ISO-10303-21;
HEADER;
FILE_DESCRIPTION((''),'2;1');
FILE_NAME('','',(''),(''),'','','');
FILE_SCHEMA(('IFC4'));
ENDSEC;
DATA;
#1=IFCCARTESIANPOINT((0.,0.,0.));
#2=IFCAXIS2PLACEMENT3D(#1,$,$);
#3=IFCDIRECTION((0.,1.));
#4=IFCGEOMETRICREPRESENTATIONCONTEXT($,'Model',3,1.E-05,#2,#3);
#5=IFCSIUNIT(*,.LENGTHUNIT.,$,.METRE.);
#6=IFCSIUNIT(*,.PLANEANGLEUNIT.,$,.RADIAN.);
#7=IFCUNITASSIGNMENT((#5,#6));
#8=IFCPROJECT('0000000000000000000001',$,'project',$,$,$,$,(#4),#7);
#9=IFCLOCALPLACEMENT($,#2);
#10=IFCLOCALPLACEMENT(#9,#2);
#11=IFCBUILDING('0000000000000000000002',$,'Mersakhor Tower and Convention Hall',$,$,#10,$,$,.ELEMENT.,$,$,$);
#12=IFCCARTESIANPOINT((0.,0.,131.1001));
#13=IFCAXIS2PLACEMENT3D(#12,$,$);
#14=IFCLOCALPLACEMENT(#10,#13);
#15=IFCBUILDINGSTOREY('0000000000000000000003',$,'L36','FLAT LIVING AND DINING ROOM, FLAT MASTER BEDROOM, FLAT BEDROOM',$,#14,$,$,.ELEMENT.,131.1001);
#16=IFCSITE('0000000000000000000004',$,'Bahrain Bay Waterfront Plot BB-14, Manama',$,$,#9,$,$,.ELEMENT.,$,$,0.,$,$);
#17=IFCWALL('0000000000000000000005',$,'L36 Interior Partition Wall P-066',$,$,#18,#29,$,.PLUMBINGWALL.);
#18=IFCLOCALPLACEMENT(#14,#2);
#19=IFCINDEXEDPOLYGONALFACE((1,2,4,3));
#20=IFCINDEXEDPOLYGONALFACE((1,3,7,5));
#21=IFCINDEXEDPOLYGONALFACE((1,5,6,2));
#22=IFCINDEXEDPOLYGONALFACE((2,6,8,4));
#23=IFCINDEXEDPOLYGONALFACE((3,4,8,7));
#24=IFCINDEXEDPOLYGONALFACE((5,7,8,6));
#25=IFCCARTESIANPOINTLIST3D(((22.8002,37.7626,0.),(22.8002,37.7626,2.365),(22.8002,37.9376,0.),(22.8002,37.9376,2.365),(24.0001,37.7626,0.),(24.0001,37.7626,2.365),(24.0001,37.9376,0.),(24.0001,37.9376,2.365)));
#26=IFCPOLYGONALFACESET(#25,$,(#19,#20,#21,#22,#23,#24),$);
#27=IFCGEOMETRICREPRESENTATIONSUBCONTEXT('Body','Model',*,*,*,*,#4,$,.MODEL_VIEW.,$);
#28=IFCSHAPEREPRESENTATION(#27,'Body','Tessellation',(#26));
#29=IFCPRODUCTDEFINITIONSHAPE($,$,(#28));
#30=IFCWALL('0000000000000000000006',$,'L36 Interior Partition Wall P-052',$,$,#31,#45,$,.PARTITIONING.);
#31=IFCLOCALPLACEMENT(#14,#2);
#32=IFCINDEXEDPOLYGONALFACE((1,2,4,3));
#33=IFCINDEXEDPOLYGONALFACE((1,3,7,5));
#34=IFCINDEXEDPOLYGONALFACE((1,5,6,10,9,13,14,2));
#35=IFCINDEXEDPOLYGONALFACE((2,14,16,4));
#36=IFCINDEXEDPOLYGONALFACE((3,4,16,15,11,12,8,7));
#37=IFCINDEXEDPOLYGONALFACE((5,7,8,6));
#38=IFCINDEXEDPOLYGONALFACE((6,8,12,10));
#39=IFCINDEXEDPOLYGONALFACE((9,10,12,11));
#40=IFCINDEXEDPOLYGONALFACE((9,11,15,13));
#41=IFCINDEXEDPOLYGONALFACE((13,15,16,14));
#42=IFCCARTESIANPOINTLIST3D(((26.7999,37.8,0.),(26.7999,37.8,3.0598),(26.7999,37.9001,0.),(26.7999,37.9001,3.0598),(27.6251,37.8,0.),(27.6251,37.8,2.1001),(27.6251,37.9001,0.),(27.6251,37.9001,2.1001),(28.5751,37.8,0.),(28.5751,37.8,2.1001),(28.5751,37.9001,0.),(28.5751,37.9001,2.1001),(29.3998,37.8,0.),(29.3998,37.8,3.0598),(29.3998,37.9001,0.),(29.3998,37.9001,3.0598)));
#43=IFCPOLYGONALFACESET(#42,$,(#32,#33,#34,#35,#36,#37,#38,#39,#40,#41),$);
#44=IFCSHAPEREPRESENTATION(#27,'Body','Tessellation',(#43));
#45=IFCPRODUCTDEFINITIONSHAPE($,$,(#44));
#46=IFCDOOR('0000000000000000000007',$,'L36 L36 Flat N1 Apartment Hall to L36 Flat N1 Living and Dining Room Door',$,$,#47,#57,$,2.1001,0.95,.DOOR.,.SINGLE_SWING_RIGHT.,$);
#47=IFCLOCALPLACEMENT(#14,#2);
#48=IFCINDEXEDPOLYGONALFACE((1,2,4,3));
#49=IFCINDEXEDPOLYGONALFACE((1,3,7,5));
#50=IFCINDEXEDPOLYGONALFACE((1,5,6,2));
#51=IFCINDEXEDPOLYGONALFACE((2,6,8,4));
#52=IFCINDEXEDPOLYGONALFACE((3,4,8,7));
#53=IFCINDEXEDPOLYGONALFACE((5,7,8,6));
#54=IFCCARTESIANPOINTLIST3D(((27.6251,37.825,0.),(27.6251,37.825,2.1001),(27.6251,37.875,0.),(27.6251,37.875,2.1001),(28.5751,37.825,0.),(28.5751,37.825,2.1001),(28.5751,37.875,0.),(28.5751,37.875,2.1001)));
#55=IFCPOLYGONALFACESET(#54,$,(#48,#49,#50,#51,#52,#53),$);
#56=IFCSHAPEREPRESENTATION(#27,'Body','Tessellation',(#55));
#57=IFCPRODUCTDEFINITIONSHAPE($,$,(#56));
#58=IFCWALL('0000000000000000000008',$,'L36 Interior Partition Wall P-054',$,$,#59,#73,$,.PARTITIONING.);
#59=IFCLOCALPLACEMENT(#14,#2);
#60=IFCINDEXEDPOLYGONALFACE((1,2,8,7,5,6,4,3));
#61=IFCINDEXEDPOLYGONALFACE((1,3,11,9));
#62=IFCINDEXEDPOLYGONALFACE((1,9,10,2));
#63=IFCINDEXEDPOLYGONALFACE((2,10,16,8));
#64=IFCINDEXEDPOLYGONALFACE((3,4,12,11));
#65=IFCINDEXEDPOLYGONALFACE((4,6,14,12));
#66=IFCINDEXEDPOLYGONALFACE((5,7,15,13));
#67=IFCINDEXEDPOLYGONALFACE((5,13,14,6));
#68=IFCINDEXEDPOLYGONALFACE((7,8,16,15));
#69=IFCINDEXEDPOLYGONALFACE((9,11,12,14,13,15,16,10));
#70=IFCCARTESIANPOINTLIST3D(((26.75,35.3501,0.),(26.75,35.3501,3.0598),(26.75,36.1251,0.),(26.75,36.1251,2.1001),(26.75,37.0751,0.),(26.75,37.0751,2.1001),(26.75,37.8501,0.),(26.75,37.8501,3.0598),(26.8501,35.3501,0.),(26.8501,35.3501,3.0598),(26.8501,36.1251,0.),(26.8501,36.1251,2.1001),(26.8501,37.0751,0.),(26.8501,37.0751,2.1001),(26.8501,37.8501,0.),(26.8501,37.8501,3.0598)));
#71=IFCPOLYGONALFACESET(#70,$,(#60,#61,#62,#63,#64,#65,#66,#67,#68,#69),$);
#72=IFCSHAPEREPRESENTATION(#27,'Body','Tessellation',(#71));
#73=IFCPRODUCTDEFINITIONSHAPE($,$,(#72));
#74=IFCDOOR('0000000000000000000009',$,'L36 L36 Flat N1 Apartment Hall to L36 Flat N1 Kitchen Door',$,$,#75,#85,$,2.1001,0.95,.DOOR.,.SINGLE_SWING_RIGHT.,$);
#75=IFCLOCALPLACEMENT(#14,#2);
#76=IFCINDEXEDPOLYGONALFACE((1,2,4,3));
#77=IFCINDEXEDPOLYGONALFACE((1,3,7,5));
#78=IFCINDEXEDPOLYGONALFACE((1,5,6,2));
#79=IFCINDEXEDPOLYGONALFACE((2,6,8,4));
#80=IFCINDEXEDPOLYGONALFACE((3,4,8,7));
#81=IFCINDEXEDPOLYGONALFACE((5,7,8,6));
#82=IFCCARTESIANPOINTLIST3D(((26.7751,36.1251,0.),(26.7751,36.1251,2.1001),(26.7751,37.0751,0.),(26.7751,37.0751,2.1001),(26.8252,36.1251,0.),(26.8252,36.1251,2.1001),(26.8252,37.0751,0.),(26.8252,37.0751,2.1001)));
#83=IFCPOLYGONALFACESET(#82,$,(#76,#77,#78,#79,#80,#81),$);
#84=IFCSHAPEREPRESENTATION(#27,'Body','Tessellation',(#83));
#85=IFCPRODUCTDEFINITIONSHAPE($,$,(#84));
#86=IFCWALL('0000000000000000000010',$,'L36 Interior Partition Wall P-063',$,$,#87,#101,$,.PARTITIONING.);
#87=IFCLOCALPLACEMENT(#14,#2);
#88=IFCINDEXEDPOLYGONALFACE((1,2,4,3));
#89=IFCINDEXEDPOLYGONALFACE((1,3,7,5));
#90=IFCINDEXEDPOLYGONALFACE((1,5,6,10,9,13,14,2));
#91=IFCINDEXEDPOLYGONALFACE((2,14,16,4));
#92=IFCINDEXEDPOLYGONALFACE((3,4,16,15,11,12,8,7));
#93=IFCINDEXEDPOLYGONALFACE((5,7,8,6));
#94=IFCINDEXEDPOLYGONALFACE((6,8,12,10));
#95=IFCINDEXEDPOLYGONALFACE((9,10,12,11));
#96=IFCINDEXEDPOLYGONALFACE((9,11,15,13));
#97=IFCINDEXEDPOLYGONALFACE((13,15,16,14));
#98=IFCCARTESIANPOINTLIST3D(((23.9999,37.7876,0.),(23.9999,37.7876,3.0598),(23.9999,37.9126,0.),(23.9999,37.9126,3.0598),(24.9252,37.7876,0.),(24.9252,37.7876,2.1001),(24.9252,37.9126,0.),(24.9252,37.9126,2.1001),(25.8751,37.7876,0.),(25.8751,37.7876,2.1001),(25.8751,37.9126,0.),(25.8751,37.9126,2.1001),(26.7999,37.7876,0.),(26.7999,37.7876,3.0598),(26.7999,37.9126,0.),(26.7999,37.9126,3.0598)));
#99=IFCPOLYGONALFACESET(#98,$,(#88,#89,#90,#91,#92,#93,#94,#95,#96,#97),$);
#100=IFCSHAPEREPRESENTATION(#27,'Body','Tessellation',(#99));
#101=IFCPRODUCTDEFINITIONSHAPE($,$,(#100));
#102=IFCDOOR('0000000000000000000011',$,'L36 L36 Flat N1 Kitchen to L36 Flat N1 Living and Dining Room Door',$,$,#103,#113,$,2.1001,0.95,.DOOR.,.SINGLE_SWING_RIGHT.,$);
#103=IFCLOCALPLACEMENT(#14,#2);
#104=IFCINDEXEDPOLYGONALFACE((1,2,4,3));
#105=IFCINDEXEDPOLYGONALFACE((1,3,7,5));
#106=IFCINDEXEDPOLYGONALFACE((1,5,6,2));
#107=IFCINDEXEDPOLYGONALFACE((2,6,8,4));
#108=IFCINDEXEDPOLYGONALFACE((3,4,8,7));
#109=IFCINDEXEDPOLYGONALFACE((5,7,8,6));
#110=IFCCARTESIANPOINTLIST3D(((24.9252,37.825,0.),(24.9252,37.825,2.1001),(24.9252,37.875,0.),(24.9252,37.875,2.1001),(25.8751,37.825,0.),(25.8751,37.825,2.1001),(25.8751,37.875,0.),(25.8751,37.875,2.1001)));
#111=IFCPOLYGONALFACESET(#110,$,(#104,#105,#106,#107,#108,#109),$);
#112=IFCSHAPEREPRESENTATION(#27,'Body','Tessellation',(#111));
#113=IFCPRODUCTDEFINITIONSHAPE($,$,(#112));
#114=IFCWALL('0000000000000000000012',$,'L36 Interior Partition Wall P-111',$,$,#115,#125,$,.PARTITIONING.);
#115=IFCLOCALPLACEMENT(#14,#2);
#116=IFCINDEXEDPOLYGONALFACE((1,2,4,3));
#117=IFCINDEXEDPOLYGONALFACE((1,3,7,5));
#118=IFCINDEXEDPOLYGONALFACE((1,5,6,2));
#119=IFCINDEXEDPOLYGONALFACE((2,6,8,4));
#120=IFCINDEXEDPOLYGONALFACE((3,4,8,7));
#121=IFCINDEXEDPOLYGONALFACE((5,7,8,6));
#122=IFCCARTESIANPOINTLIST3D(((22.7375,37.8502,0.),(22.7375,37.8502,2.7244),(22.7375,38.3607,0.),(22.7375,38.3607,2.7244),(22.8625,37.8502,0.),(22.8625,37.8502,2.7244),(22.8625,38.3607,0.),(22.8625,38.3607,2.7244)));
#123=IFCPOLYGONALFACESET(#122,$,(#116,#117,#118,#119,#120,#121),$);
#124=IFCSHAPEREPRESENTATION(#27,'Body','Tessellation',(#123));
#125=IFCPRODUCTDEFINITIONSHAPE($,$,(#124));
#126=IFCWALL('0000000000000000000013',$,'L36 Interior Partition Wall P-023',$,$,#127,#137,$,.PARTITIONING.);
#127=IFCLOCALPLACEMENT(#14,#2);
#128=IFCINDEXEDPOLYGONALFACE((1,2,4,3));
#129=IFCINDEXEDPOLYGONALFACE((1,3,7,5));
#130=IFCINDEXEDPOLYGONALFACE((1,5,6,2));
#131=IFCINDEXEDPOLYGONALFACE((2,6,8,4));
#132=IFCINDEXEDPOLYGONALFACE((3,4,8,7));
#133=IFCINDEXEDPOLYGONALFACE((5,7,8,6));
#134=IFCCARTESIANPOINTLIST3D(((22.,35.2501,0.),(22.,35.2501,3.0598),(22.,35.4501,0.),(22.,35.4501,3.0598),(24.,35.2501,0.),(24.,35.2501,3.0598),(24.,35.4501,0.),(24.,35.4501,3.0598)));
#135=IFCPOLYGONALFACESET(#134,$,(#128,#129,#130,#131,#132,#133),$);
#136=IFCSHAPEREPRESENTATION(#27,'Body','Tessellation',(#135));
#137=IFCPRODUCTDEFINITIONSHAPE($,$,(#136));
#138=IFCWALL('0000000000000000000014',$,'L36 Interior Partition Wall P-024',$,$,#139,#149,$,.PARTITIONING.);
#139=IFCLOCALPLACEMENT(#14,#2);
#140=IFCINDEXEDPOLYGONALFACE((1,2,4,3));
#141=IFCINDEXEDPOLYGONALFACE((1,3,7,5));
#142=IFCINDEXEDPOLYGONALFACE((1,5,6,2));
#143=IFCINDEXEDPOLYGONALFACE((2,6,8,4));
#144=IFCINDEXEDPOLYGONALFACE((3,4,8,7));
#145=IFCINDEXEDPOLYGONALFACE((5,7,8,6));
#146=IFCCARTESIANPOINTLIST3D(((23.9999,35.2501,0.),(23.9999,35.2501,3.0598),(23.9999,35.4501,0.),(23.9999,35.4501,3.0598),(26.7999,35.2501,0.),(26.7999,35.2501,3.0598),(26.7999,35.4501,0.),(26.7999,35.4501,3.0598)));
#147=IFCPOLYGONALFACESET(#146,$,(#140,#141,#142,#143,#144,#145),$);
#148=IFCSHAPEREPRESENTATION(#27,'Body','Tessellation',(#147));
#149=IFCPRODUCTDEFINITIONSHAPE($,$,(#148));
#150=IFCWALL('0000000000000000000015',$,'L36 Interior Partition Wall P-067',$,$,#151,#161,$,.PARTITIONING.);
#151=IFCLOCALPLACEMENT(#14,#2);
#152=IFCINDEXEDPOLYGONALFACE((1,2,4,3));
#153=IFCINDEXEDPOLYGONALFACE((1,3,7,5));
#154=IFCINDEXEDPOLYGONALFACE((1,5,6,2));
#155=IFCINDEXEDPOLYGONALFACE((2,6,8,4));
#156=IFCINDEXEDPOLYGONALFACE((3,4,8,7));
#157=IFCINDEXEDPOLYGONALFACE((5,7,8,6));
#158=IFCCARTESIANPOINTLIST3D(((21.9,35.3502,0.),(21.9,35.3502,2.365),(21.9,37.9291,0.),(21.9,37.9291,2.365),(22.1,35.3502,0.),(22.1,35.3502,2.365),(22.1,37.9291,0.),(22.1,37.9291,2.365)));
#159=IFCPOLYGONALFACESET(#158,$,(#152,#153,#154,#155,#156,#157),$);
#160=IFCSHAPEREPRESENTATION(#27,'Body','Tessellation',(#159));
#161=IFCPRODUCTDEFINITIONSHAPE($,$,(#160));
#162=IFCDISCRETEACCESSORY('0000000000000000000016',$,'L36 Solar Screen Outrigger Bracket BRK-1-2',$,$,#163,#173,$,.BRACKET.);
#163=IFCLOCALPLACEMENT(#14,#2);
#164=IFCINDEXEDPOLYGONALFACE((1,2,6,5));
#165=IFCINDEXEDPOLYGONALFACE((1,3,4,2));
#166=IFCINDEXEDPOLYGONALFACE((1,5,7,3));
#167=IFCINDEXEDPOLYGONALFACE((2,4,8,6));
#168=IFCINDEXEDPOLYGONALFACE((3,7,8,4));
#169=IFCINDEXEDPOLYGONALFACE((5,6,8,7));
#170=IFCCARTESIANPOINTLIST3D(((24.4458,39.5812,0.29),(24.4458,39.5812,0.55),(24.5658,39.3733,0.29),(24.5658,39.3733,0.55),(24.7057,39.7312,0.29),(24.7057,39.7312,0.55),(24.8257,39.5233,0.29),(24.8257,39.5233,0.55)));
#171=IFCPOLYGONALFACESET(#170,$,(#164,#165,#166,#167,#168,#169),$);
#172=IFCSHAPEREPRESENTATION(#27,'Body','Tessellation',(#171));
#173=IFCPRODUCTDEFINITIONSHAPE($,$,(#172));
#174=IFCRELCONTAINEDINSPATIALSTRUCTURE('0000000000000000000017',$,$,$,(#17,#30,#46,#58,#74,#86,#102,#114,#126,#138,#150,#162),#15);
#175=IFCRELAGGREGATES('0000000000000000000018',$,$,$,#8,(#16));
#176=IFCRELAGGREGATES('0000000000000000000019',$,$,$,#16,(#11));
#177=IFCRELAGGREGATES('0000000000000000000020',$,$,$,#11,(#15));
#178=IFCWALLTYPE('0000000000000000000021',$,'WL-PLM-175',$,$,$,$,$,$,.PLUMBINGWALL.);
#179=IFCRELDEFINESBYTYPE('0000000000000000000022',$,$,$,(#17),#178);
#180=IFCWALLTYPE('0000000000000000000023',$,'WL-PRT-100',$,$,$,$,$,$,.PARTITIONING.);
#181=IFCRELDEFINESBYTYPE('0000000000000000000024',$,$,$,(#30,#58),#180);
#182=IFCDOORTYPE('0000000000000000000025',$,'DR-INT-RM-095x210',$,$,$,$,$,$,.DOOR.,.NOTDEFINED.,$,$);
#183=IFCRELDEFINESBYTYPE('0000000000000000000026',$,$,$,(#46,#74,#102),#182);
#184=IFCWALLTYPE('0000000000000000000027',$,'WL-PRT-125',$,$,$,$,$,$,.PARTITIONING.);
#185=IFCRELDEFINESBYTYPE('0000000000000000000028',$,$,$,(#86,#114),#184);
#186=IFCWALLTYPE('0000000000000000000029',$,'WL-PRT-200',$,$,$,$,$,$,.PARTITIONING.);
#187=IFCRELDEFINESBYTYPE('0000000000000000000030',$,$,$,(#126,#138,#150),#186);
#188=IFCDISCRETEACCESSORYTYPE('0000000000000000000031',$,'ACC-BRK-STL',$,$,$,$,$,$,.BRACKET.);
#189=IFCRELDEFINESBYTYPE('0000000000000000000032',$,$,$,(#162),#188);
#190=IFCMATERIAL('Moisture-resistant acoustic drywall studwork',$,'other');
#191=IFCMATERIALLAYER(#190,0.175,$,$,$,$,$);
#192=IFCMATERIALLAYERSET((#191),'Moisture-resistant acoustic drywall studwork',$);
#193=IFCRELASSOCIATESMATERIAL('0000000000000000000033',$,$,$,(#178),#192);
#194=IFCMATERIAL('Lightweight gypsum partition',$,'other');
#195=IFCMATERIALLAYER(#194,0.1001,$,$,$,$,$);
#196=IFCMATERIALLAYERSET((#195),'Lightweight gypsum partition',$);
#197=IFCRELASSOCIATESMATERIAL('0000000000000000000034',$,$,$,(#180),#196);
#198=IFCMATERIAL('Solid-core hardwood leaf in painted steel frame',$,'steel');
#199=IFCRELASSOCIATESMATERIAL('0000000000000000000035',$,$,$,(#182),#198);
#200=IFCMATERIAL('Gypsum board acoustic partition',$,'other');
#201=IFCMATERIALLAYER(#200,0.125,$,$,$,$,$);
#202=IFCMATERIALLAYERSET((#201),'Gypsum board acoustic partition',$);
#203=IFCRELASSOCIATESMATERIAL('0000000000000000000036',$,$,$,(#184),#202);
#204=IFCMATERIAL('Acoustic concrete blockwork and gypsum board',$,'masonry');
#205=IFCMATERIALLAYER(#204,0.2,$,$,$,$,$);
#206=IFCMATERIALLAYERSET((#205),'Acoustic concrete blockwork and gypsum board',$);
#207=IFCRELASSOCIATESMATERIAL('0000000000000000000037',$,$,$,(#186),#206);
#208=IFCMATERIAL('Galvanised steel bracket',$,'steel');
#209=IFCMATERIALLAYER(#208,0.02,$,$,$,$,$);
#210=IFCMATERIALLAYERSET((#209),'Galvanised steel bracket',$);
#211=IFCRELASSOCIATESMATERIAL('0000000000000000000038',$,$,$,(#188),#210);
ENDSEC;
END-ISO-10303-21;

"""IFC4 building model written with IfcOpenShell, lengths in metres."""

from ifc_helpers import new_model, si_unit, direction, frame, frame_2d, origin, origin_2d, place, context, subcontext, project, spatial, rectangle, extrude, material, layer, layer_set, type_object, element, fill, save


model = new_model("IFC4")

# Units and contexts
model_context = context("Model", 3, precision=1e-05, world=origin(), true_north=direction((0.0, 1.0)))
body_context = subcontext(model_context, "Body", "Model", "MODEL_VIEW")
ifc_project = project(units=[si_unit("LENGTHUNIT", "METRE"), si_unit("PLANEANGLEUNIT", "RADIAN")], contexts=[model_context])

# Site, building, storey
site_placement = place(None, origin())
site = spatial("IfcSite", under=ifc_project, at=site_placement, Name="Bahrain Bay Waterfront Plot BB-14, Manama", CompositionType="ELEMENT", RefElevation=0.0)
building_placement = place(site_placement, origin())
building = spatial("IfcBuilding", under=site, at=building_placement, Name="Mersakhor Tower and Convention Hall", CompositionType="ELEMENT")
storey_placement = place(building_placement, frame((0.0, 0.0, 131.1001)))
storey = spatial("IfcBuildingStorey", under=building, at=storey_placement, Name="L36", Description="FLAT LIVING AND DINING ROOM, FLAT MASTER BEDROOM, FLAT BEDROOM", CompositionType="ELEMENT", Elevation=131.1001)

# Shared definitions
ifc_material_1 = material(Name="Moisture-resistant acoustic drywall studwork", Category="other")
ifc_layer_1 = layer(ifc_material_1, 0.175)
ifc_layer_set_1 = layer_set([ifc_layer_1], Name="Moisture-resistant acoustic drywall studwork")
wall_type_1 = type_object("IfcWallType", Name="WL-PLM-175", PredefinedType="PLUMBINGWALL", material=ifc_layer_set_1)

# Wall
wall_1_placement = place(storey_placement, frame((22.8, 37.8501, 0.0), z_axis=(0.0, 0.0, 1.0), x_axis=(1.0, 0.0, 0.0)))
element("IfcWall", 1, at=wall_1_placement, inside=storey, type_object=wall_type_1, Name="L36 Interior Partition Wall P-066", PredefinedType="PLUMBINGWALL", context=body_context, shape_type="SweptSolid", body=[
    extrude(rectangle(XDim=1.2, YDim=0.175, at=frame_2d((0.6001, 0.0))), origin(), (0.0, 0.0, 1.0), 2.365),
])

# Walls, openings, doors
ifc_material_2 = material(Name="Lightweight gypsum partition", Category="other")
ifc_layer_2 = layer(ifc_material_2, 0.1001)
ifc_layer_set_2 = layer_set([ifc_layer_2], Name="Lightweight gypsum partition")
wall_type_2 = type_object("IfcWallType", Name="WL-PRT-100", PredefinedType="PARTITIONING", material=ifc_layer_set_2)
wall_2_placement = place(storey_placement, frame((26.8, 37.8501, 0.0), z_axis=(0.0, 0.0, 1.0), x_axis=(1.0, 0.0, 0.0)))
wall_2 = element("IfcWall", 2, at=wall_2_placement, inside=storey, type_object=wall_type_2, Name="L36 Interior Partition Wall P-052", PredefinedType="PARTITIONING", context=body_context, shape_type="SweptSolid", body=[
    extrude(rectangle(XDim=2.5999, YDim=0.1001, at=frame_2d((1.2998, 0.0))), origin(), (0.0, 0.0, 1.0), 3.0598),
])
opening_1_placement = place(wall_2_placement, frame((0.825, 0.0, 0.0)))
opening_1 = element("IfcOpeningElement", 3, at=opening_1_placement, cuts=wall_2, PredefinedType="OPENING", context=body_context, shape_type="SweptSolid", body=[
    extrude(rectangle(XDim=0.95, YDim=2.1001, at=frame_2d((0.4751, 1.05))), frame((0.0, 0.0601, 0.0), z_axis=(0.0, -1.0, 0.0), x_axis=(1.0, 0.0, 0.0)), (0.0, 0.0, 1.0), 0.1201),
])
ifc_material_3 = material(Name="Solid-core hardwood leaf in painted steel frame", Category="steel")
door_type_1 = type_object("IfcDoorType", Name="DR-INT-RM-095x210", OperationType="NOTDEFINED", PredefinedType="DOOR", material=ifc_material_3)
door_1_placement = place(opening_1_placement, origin())
door_1 = element("IfcDoor", 4, at=door_1_placement, inside=storey, type_object=door_type_1, Name="L36 L36 Flat N1 Apartment Hall to L36 Flat N1 Living and Dining Room Door", OperationType="SINGLE_SWING_RIGHT", OverallHeight=2.1001, OverallWidth=0.95, PredefinedType="DOOR", context=body_context, shape_type="SweptSolid", body=[
    extrude(rectangle(XDim=0.95, YDim=2.1001, at=frame_2d((0.4751, 1.05))), frame((0.0, 0.0249, 0.0), z_axis=(0.0, -1.0, 0.0), x_axis=(1.0, 0.0, 0.0)), (0.0, 0.0, 1.0), 0.05),
])
fill(opening_1, door_1)
wall_3_placement = place(storey_placement, frame((26.8, 35.3501, 0.0), z_axis=(0.0, 0.0, 1.0), x_axis=(0.0, 1.0, 0.0)))
wall_3 = element("IfcWall", 5, at=wall_3_placement, inside=storey, type_object=wall_type_2, Name="L36 Interior Partition Wall P-054", PredefinedType="PARTITIONING", context=body_context, shape_type="SweptSolid", body=[
    extrude(rectangle(XDim=2.5, YDim=0.1001, at=frame_2d((1.25, 0.0))), origin(), (0.0, 0.0, 1.0), 3.0598),
])
opening_2_placement = place(wall_3_placement, frame((0.7749, 0.0, 0.0)))
opening_2 = element("IfcOpeningElement", 6, at=opening_2_placement, cuts=wall_3, PredefinedType="OPENING", context=body_context, shape_type="SweptSolid", body=[
    extrude(rectangle(XDim=0.95, YDim=2.1001, at=frame_2d((0.4751, 1.05))), frame((0.0, 0.0601, 0.0), z_axis=(0.0, -1.0, 0.0), x_axis=(1.0, 0.0, 0.0)), (0.0, 0.0, 1.0), 0.1201),
])
door_2_placement = place(opening_2_placement, origin())
door_2 = element("IfcDoor", 7, at=door_2_placement, inside=storey, type_object=door_type_1, Name="L36 L36 Flat N1 Apartment Hall to L36 Flat N1 Kitchen Door", OperationType="SINGLE_SWING_RIGHT", OverallHeight=2.1001, OverallWidth=0.95, PredefinedType="DOOR", context=body_context, shape_type="SweptSolid", body=[
    extrude(rectangle(XDim=0.95, YDim=2.1001, at=frame_2d((0.4751, 1.05))), frame((0.0, 0.0249, 0.0), z_axis=(0.0, -1.0, 0.0), x_axis=(1.0, 0.0, 0.0)), (0.0, 0.0, 1.0), 0.05),
])
fill(opening_2, door_2)
ifc_material_4 = material(Name="Gypsum board acoustic partition", Category="other")
ifc_layer_3 = layer(ifc_material_4, 0.125)
ifc_layer_set_3 = layer_set([ifc_layer_3], Name="Gypsum board acoustic partition")
wall_type_3 = type_object("IfcWallType", Name="WL-PRT-125", PredefinedType="PARTITIONING", material=ifc_layer_set_3)
wall_4_placement = place(storey_placement, frame((24.0, 37.8501, 0.0), z_axis=(0.0, 0.0, 1.0), x_axis=(1.0, 0.0, 0.0)))
wall_4 = element("IfcWall", 8, at=wall_4_placement, inside=storey, type_object=wall_type_3, Name="L36 Interior Partition Wall P-063", PredefinedType="PARTITIONING", context=body_context, shape_type="SweptSolid", body=[
    extrude(rectangle(XDim=2.8, YDim=0.125, at=frame_2d((1.3999, 0.0))), origin(), (0.0, 0.0, 1.0), 3.0598),
])
opening_3_placement = place(wall_4_placement, frame((0.925, 0.0, 0.0)))
opening_3 = element("IfcOpeningElement", 9, at=opening_3_placement, cuts=wall_4, PredefinedType="OPENING", context=body_context, shape_type="SweptSolid", body=[
    extrude(rectangle(XDim=0.95, YDim=2.1001, at=frame_2d((0.4751, 1.05))), frame((0.0, 0.0725, 0.0), z_axis=(0.0, -1.0, 0.0), x_axis=(1.0, 0.0, 0.0)), (0.0, 0.0, 1.0), 0.145),
])
door_3_placement = place(opening_3_placement, origin())
door_3 = element("IfcDoor", 10, at=door_3_placement, inside=storey, type_object=door_type_1, Name="L36 L36 Flat N1 Kitchen to L36 Flat N1 Living and Dining Room Door", OperationType="SINGLE_SWING_RIGHT", OverallHeight=2.1001, OverallWidth=0.95, PredefinedType="DOOR", context=body_context, shape_type="SweptSolid", body=[
    extrude(rectangle(XDim=0.95, YDim=2.1001, at=frame_2d((0.4751, 1.05))), frame((0.0, 0.0249, 0.0), z_axis=(0.0, -1.0, 0.0), x_axis=(1.0, 0.0, 0.0)), (0.0, 0.0, 1.0), 0.05),
])
fill(opening_3, door_3)

# Walls
wall_5_placement = place(storey_placement, frame((22.8, 37.8501, 0.0), z_axis=(0.0, 0.0, 1.0), x_axis=(0.0, 1.0, 0.0)))
element("IfcWall", 11, at=wall_5_placement, inside=storey, type_object=wall_type_3, Name="L36 Interior Partition Wall P-111", PredefinedType="PARTITIONING", context=body_context, shape_type="SweptSolid", body=[
    extrude(rectangle(XDim=0.5105, YDim=0.125, at=frame_2d((0.2554, 0.0))), origin(), (0.0, 0.0, 1.0), 2.7244),
])
ifc_material_5 = material(Name="Acoustic concrete blockwork and gypsum board", Category="masonry")
ifc_layer_4 = layer(ifc_material_5, 0.2)
ifc_layer_set_4 = layer_set([ifc_layer_4], Name="Acoustic concrete blockwork and gypsum board")
wall_type_4 = type_object("IfcWallType", Name="WL-PRT-200", PredefinedType="PARTITIONING", material=ifc_layer_set_4)
wall_6_placement = place(storey_placement, frame((22.0, 35.3501, 0.0), z_axis=(0.0, 0.0, 1.0), x_axis=(1.0, 0.0, 0.0)))
element("IfcWall", 12, at=wall_6_placement, inside=storey, type_object=wall_type_4, Name="L36 Interior Partition Wall P-023", PredefinedType="PARTITIONING", context=body_context, shape_type="SweptSolid", body=[
    extrude(rectangle(XDim=2.0, YDim=0.2, at=frame_2d((1.0, 0.0))), origin(), (0.0, 0.0, 1.0), 3.0598),
])
wall_7_placement = place(storey_placement, frame((24.0, 35.3501, 0.0), z_axis=(0.0, 0.0, 1.0), x_axis=(1.0, 0.0, 0.0)))
element("IfcWall", 13, at=wall_7_placement, inside=storey, type_object=wall_type_4, Name="L36 Interior Partition Wall P-024", PredefinedType="PARTITIONING", context=body_context, shape_type="SweptSolid", body=[
    extrude(rectangle(XDim=2.8, YDim=0.2, at=frame_2d((1.3999, 0.0))), origin(), (0.0, 0.0, 1.0), 3.0598),
])

# Wall
wall_8_placement = place(storey_placement, frame((22.0, 35.3501, 0.0), z_axis=(0.0, 0.0, 1.0), x_axis=(0.0, 1.0, 0.0)))
element("IfcWall", 14, at=wall_8_placement, inside=storey, type_object=wall_type_4, Name="L36 Interior Partition Wall P-067", PredefinedType="PARTITIONING", context=body_context, shape_type="SweptSolid", body=[
    extrude(rectangle(XDim=2.5789, YDim=0.2, at=frame_2d((1.2896, 0.0))), origin(), (0.0, 0.0, 1.0), 2.365),
])

# Discrete accessory
ifc_material_6 = material(Name="Galvanised steel bracket", Category="steel")
ifc_layer_5 = layer(ifc_material_6, 0.02)
ifc_layer_set_5 = layer_set([ifc_layer_5], Name="Galvanised steel bracket")
discrete_accessory_type = type_object("IfcDiscreteAccessoryType", Name="ACC-BRK-STL", PredefinedType="BRACKET", material=ifc_layer_set_5)
discrete_accessory_1_placement = place(storey_placement, frame((24.6357, 39.5522, 0.29), z_axis=(0.0, 0.0, 1.0), x_axis=(0.866025, 0.5, 0.0)))
element("IfcDiscreteAccessory", 15, at=discrete_accessory_1_placement, inside=storey, type_object=discrete_accessory_type, Name="L36 Solar Screen Outrigger Bracket BRK-1-2", PredefinedType="BRACKET", context=body_context, shape_type="SweptSolid", body=[
    extrude(rectangle(XDim=0.3, YDim=0.24, at=origin_2d()), origin(), (0.0, 0.0, 1.0), 0.26),
])

save(model, "model.ifc")
